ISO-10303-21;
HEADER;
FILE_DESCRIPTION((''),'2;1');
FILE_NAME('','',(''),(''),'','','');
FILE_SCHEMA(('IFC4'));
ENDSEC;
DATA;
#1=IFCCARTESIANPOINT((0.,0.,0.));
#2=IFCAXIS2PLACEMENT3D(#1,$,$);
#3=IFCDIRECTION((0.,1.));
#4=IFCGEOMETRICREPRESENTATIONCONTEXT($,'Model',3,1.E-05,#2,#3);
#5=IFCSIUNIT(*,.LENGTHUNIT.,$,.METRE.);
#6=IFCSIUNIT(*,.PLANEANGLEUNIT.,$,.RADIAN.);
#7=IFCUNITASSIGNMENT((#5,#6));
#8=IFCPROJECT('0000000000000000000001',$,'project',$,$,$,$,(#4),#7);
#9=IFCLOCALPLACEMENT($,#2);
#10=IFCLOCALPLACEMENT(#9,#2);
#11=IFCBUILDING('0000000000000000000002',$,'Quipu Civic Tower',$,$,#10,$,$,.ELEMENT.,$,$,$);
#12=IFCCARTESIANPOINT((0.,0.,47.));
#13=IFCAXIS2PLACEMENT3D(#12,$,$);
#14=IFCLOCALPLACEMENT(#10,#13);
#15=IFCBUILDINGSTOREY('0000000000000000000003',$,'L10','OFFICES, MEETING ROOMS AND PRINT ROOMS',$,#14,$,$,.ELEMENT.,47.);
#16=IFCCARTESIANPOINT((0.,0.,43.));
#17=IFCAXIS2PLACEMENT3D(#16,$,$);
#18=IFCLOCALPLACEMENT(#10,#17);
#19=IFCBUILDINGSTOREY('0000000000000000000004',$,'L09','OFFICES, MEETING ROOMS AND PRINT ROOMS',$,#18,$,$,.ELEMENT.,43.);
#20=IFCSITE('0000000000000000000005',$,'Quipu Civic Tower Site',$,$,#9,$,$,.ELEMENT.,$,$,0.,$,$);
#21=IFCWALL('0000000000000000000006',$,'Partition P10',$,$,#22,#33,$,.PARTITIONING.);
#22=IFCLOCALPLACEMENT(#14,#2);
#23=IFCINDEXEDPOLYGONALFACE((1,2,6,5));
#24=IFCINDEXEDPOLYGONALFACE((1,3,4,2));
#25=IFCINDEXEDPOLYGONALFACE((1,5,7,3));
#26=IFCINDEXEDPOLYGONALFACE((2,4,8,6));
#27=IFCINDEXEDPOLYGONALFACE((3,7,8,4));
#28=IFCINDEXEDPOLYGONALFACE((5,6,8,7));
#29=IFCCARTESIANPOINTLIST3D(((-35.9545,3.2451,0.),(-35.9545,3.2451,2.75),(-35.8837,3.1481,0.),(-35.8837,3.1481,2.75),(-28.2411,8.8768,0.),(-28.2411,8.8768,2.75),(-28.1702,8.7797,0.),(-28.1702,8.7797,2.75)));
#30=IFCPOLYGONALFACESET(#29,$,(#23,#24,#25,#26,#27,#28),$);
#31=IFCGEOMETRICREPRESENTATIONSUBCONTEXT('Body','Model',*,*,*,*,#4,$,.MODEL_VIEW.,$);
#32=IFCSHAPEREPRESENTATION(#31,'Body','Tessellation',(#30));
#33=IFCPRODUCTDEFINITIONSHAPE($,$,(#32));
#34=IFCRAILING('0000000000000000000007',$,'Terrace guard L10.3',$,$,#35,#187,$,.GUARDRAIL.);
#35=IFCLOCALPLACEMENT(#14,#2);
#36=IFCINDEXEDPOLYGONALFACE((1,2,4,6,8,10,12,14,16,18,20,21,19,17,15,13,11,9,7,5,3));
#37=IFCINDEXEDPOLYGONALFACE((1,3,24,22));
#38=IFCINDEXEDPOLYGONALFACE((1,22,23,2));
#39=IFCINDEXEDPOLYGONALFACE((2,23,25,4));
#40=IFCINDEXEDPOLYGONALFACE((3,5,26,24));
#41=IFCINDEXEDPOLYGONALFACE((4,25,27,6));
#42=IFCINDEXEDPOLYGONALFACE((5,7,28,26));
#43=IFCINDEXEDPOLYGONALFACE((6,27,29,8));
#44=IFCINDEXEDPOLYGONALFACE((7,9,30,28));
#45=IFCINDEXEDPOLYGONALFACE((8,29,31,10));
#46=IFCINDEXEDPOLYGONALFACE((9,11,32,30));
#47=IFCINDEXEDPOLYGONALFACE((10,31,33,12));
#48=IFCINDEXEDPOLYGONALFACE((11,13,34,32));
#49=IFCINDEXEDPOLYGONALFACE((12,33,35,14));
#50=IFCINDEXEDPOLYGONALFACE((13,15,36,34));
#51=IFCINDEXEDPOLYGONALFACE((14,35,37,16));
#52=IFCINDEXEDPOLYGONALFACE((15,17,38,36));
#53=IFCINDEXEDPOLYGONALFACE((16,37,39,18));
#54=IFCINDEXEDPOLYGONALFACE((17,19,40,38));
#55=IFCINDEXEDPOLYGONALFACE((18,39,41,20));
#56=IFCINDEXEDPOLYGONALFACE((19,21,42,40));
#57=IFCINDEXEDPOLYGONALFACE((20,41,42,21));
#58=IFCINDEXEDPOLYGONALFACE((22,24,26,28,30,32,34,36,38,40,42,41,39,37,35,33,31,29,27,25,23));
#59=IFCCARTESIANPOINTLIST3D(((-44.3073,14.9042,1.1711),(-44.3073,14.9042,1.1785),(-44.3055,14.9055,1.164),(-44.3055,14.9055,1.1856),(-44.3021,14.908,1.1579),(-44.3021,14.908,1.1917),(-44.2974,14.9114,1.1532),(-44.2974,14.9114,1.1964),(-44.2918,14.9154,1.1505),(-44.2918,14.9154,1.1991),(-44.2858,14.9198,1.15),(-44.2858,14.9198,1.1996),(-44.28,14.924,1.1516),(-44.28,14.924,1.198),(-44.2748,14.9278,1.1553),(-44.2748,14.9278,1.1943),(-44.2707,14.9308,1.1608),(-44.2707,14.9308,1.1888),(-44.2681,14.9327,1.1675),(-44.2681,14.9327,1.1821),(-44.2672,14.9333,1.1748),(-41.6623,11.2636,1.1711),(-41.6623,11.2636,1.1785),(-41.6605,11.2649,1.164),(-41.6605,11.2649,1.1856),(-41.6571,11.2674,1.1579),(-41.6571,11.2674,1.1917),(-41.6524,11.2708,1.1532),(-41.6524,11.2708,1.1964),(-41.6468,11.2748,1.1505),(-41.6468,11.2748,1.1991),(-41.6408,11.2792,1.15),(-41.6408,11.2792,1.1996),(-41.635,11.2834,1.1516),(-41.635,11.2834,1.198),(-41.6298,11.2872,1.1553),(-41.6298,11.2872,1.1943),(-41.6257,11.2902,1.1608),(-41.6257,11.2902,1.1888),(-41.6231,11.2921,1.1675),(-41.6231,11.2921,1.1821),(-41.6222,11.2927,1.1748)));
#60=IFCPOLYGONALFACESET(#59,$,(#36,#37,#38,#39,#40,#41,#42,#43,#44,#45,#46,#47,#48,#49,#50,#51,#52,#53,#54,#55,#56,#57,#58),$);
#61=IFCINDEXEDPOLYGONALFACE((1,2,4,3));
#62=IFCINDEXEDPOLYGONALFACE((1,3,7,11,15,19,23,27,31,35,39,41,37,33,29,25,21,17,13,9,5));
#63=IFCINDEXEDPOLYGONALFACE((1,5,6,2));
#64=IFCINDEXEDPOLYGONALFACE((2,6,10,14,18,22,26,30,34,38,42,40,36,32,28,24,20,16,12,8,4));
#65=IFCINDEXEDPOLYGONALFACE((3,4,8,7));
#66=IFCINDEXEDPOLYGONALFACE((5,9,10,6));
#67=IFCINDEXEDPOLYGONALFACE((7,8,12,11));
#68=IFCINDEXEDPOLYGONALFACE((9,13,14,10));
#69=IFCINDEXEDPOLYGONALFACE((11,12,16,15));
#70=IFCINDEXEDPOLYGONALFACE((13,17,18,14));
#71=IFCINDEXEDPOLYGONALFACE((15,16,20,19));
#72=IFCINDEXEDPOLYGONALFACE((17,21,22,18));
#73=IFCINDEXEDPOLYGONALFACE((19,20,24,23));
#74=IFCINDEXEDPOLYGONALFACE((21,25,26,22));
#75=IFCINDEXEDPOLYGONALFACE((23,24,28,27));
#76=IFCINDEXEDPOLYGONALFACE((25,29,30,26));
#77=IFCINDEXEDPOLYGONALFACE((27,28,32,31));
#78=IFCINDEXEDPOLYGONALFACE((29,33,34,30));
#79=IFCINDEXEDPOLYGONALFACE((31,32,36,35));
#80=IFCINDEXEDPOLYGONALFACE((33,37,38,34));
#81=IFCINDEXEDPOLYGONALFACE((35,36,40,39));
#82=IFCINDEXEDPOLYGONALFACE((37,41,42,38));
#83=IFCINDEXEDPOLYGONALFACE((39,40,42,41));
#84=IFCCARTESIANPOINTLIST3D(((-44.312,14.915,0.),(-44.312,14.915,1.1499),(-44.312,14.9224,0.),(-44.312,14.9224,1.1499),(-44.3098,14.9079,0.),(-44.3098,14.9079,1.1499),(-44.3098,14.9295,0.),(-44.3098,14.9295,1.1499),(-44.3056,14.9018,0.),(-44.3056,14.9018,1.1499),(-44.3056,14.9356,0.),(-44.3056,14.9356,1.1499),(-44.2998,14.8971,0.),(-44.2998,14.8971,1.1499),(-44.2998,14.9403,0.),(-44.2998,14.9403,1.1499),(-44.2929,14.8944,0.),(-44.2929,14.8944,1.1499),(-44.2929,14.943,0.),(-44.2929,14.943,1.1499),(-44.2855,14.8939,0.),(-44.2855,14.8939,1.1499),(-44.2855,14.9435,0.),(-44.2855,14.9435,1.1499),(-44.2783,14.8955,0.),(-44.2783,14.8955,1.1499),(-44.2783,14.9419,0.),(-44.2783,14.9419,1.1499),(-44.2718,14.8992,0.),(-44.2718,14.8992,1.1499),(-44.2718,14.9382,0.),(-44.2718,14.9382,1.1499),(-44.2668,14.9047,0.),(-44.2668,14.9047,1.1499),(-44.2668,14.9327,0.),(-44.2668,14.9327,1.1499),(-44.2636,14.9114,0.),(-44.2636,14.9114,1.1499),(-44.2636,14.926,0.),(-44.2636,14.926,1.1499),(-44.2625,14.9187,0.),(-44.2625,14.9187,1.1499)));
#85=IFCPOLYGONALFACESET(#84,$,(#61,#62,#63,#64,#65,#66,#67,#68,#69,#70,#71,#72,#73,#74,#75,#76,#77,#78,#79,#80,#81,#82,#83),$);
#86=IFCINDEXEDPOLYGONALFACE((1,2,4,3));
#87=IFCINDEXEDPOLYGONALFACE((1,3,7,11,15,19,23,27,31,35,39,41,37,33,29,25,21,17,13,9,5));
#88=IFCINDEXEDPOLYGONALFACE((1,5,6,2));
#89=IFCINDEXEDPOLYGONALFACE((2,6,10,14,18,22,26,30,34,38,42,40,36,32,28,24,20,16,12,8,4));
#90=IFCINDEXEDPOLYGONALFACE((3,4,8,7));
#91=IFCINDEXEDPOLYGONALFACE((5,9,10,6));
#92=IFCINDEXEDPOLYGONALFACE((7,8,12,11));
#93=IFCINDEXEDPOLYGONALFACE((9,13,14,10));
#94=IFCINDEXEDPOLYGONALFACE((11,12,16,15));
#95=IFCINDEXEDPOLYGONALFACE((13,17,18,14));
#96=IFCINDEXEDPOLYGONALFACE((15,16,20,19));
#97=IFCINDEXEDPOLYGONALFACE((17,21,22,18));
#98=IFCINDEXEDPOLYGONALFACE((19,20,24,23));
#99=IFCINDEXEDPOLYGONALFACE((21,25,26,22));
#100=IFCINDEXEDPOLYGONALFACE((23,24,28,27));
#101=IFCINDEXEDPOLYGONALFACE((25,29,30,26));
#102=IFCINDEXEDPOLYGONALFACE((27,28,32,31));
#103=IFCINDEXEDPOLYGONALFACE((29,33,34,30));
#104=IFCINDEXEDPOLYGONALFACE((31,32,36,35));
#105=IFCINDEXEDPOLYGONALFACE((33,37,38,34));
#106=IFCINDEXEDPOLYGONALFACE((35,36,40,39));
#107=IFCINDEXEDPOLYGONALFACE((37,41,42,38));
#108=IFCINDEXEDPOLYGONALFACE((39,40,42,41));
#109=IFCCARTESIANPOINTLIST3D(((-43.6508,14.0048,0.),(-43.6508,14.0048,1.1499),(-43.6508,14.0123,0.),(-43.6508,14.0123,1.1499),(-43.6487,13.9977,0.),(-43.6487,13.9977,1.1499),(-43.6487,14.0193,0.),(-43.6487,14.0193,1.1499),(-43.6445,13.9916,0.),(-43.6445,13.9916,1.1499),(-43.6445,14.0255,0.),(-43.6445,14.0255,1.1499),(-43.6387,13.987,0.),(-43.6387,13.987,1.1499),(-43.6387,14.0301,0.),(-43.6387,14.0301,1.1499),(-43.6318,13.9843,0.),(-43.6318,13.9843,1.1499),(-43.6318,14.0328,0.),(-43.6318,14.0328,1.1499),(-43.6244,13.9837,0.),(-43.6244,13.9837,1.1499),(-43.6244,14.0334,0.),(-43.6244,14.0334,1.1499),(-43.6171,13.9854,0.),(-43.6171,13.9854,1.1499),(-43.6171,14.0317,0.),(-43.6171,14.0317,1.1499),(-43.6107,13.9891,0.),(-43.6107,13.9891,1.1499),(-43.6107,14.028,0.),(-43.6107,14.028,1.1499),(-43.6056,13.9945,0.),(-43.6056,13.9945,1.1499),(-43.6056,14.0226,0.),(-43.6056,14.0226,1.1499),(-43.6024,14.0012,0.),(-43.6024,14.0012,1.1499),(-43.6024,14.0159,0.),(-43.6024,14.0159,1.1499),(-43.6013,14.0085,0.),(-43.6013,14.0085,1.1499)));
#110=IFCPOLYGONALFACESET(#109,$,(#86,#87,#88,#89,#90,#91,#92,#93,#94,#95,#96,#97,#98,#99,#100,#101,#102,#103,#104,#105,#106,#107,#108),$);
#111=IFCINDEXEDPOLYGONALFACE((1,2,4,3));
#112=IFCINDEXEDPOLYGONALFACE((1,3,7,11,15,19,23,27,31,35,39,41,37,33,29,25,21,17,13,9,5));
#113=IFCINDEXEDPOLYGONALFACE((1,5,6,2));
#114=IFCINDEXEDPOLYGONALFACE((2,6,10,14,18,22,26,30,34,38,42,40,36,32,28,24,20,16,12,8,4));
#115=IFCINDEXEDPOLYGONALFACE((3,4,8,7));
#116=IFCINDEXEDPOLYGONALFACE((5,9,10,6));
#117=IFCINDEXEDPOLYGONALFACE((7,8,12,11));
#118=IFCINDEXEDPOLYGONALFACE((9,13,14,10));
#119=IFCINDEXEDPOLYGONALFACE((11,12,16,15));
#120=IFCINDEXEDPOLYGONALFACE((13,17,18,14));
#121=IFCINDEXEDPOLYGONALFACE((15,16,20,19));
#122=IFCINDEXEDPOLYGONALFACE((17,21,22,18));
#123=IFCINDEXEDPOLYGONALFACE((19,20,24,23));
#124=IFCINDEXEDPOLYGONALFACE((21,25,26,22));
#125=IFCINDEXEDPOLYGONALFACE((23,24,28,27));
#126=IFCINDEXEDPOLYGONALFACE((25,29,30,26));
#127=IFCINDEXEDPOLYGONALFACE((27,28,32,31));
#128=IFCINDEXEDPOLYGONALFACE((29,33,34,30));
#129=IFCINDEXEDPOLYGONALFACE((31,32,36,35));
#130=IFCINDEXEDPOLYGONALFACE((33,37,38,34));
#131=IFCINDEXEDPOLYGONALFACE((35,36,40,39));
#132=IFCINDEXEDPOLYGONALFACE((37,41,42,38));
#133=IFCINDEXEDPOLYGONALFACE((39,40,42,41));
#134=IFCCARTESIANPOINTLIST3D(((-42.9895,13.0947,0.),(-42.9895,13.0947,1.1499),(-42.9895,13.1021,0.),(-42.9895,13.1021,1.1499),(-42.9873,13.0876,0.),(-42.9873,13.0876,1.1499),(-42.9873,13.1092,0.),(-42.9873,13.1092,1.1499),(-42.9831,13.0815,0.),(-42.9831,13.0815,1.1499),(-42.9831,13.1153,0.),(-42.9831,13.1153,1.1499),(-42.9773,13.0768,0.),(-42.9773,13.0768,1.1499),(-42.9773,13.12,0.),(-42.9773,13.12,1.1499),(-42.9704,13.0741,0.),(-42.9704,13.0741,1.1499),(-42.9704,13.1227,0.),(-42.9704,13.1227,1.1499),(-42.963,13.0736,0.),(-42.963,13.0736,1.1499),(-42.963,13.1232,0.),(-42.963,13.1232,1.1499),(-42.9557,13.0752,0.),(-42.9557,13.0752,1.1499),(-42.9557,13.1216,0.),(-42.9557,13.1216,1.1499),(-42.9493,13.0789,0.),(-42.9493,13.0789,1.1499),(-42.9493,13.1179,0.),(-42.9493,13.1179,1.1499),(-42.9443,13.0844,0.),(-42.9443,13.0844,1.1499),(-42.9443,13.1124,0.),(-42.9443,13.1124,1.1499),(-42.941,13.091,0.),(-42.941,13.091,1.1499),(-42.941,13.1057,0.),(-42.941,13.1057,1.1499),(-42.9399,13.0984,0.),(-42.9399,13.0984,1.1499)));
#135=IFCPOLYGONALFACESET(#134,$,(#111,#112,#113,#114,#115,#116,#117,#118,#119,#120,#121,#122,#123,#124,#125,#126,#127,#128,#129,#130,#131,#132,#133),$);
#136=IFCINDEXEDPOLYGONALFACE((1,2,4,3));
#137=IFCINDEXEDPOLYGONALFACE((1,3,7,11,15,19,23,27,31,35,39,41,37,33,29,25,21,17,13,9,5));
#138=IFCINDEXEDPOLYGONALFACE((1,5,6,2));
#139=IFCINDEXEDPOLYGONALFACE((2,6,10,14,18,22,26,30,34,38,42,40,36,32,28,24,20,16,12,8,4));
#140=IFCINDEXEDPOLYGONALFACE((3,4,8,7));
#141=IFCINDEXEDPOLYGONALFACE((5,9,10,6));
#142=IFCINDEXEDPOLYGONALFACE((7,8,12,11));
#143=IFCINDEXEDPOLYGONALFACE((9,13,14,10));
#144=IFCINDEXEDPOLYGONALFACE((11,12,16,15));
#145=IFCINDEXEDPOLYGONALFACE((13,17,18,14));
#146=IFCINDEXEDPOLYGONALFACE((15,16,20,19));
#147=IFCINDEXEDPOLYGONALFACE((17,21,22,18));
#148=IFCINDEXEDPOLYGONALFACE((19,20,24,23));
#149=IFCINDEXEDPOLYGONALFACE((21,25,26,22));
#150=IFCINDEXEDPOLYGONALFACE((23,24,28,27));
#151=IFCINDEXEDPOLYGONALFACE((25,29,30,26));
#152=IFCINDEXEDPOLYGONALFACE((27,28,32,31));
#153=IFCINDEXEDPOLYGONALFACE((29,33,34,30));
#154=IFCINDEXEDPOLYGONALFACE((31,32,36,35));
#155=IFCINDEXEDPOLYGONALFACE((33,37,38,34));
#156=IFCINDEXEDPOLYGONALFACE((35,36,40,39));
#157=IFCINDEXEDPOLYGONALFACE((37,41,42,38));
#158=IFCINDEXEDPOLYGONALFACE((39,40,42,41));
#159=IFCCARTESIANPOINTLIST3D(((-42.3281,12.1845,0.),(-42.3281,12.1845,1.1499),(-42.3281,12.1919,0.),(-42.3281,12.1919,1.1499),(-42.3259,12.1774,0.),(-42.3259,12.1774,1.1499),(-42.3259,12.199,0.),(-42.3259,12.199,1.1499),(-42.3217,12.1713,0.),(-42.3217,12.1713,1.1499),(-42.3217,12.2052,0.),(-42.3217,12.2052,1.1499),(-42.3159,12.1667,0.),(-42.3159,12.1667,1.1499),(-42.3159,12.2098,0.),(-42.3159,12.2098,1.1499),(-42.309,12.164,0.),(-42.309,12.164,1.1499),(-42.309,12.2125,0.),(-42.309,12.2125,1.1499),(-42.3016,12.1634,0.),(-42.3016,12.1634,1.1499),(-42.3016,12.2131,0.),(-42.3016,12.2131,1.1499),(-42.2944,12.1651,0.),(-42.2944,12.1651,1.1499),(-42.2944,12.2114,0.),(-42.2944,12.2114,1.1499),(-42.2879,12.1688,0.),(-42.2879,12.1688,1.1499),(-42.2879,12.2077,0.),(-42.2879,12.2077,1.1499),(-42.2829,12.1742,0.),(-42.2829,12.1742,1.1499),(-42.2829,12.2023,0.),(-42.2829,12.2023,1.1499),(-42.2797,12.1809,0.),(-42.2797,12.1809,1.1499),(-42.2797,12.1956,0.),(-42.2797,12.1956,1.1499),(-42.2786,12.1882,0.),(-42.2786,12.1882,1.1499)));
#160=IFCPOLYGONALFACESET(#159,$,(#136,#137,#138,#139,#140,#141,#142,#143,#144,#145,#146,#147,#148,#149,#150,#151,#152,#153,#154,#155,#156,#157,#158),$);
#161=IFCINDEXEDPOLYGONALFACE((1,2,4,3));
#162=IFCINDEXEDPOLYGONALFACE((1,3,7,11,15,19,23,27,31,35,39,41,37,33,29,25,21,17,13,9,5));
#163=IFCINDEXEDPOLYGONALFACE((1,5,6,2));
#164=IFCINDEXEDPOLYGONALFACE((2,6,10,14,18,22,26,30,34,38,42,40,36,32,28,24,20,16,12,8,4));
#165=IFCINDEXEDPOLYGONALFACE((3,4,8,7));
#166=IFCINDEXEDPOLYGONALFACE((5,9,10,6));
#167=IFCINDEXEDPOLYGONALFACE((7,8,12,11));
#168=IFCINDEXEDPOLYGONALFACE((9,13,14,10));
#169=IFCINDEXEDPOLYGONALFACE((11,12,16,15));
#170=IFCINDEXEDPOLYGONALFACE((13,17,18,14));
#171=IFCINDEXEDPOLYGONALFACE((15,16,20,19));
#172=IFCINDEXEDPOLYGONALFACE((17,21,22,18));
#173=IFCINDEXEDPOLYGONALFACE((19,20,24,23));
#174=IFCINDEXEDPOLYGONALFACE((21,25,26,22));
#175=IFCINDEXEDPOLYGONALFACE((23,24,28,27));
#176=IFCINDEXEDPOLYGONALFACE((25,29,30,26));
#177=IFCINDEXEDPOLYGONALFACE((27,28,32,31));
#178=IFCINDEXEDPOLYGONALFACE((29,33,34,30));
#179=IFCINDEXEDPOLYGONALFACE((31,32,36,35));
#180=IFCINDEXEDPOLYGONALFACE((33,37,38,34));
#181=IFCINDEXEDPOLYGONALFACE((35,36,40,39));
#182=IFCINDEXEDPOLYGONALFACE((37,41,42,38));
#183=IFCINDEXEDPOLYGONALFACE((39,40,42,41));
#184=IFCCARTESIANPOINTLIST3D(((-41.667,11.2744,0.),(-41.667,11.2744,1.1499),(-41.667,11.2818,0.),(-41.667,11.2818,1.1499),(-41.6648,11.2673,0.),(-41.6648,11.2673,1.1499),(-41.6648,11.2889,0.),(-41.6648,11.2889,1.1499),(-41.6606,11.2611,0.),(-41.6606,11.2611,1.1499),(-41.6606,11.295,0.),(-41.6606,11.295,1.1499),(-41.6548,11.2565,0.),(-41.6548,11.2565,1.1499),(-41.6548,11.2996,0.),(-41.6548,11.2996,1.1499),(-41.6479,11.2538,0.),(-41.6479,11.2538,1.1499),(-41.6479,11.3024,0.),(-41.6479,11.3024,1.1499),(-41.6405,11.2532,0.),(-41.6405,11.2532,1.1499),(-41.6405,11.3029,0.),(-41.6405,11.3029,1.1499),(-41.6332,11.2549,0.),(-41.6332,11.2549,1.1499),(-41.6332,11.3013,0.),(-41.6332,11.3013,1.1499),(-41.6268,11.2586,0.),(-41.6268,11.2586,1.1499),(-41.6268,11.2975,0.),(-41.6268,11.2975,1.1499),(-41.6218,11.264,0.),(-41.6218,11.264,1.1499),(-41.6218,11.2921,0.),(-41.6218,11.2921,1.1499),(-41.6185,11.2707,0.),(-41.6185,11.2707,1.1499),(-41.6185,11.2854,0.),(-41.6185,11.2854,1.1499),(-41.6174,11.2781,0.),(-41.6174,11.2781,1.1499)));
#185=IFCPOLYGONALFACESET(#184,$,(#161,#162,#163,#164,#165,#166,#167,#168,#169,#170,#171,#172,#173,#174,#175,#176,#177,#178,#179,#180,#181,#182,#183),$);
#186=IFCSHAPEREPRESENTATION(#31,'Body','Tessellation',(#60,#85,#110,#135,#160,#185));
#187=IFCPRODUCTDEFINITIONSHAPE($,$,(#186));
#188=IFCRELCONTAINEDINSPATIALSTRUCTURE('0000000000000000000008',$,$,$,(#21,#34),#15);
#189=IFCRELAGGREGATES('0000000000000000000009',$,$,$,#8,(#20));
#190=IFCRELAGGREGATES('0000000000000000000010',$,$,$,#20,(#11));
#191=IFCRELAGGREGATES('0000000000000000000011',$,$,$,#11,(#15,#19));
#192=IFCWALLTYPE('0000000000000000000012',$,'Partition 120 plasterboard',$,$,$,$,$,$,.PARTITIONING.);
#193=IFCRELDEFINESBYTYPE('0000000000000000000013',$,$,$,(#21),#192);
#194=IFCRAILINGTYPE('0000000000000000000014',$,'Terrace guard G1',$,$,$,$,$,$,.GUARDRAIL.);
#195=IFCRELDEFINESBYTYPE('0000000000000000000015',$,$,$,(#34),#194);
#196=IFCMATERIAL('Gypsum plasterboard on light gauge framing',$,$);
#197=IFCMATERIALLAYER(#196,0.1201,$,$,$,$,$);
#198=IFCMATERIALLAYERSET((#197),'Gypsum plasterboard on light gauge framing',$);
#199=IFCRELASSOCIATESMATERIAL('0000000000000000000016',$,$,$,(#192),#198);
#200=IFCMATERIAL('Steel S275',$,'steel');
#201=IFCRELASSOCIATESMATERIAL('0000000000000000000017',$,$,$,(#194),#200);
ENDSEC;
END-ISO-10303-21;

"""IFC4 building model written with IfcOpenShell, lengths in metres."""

from ifc_helpers import new_model, si_unit, direction, frame, frame_2d, origin, origin_2d, place, context, subcontext, project, spatial, rectangle, circle, extrude, material, layer, layer_set, type_object, element, save


model = new_model("IFC4")

# Units and contexts
model_context = context("Model", 3, precision=1e-05, world=origin(), true_north=direction((0.0, 1.0)))
body_context = subcontext(model_context, "Body", "Model", "MODEL_VIEW")
ifc_project = project(units=[si_unit("LENGTHUNIT", "METRE"), si_unit("PLANEANGLEUNIT", "RADIAN")], contexts=[model_context])

# Site, building, storey
site_placement = place(None, origin())
site = spatial("IfcSite", under=ifc_project, at=site_placement, Name="Quipu Civic Tower Site", CompositionType="ELEMENT", RefElevation=0.0)
building_placement = place(site_placement, origin())
building = spatial("IfcBuilding", under=site, at=building_placement, Name="Quipu Civic Tower", CompositionType="ELEMENT")
storey_1_placement = place(building_placement, frame((0.0, 0.0, 47.0)))
storey_1 = spatial("IfcBuildingStorey", under=building, at=storey_1_placement, Name="L10", Description="OFFICES, MEETING ROOMS AND PRINT ROOMS", CompositionType="ELEMENT", Elevation=47.0)

# Shared definitions
storey_2_placement = place(building_placement, frame((0.0, 0.0, 43.0)))
storey_2 = spatial("IfcBuildingStorey", under=building, at=storey_2_placement, Name="L09", Description="OFFICES, MEETING ROOMS AND PRINT ROOMS", CompositionType="ELEMENT", Elevation=43.0)

# Wall
ifc_material_1 = material(Name="Gypsum plasterboard on light gauge framing")
ifc_layer_1 = layer(ifc_material_1, 0.1201)
ifc_layer_set_1 = layer_set([ifc_layer_1], Name="Gypsum plasterboard on light gauge framing")
wall_type = type_object("IfcWallType", Name="Partition 120 plasterboard", PredefinedType="PARTITIONING", material=ifc_layer_set_1)
wall_1_placement = place(storey_1_placement, frame((-35.9192, 3.1965, 0.0), z_axis=(0.0, 0.0, 1.0), x_axis=(0.807646, 0.589668, 0.0)))
element("IfcWall", 1, at=wall_1_placement, inside=storey_1, type_object=wall_type, Name="Partition P10", PredefinedType="PARTITIONING", context=body_context, shape_type="SweptSolid", body=[
    extrude(rectangle(XDim=9.5505, YDim=0.1201, at=frame_2d((4.7754, 0.0))), origin(), (0.0, 0.0, 1.0), 2.75),
])

# Railing
ifc_material_2 = material(Name="Steel S275", Category="steel")
railing_type = type_object("IfcRailingType", Name="Terrace guard G1", PredefinedType="GUARDRAIL", material=ifc_material_2)
railing_1_placement = place(storey_1_placement, frame((-44.2874, 14.9187, 0.0)))
element("IfcRailing", 2, at=railing_1_placement, inside=storey_1, type_object=railing_type, Name="Terrace guard L10.3", PredefinedType="GUARDRAIL", context=body_context, shape_type="SweptSolid", body=[
    extrude(circle(Radius=0.0249, at=origin_2d()), frame((0.0, 0.0, 1.1748), z_axis=(0.587778, -0.809022, 0.0), x_axis=(0.809022, 0.587778, 0.0)), (0.0, 0.0, 1.0), 4.5),
    extrude(circle(Radius=0.0249, at=origin_2d()), origin(), (0.0, 0.0, 1.0), 1.1499),
    extrude(circle(Radius=0.0249, at=origin_2d()), frame((0.6611, -0.9102, 0.0)), (0.0, 0.0, 1.0), 1.1499),
    extrude(circle(Radius=0.0249, at=origin_2d()), frame((1.3225, -1.8203, 0.0)), (0.0, 0.0, 1.0), 1.1499),
    extrude(circle(Radius=0.0249, at=origin_2d()), frame((1.9839, -2.7305, 0.0)), (0.0, 0.0, 1.0), 1.1499),
    extrude(circle(Radius=0.0249, at=origin_2d()), frame((2.645, -3.6406, 0.0)), (0.0, 0.0, 1.0), 1.1499),
])

save(model, "model.ifc")
